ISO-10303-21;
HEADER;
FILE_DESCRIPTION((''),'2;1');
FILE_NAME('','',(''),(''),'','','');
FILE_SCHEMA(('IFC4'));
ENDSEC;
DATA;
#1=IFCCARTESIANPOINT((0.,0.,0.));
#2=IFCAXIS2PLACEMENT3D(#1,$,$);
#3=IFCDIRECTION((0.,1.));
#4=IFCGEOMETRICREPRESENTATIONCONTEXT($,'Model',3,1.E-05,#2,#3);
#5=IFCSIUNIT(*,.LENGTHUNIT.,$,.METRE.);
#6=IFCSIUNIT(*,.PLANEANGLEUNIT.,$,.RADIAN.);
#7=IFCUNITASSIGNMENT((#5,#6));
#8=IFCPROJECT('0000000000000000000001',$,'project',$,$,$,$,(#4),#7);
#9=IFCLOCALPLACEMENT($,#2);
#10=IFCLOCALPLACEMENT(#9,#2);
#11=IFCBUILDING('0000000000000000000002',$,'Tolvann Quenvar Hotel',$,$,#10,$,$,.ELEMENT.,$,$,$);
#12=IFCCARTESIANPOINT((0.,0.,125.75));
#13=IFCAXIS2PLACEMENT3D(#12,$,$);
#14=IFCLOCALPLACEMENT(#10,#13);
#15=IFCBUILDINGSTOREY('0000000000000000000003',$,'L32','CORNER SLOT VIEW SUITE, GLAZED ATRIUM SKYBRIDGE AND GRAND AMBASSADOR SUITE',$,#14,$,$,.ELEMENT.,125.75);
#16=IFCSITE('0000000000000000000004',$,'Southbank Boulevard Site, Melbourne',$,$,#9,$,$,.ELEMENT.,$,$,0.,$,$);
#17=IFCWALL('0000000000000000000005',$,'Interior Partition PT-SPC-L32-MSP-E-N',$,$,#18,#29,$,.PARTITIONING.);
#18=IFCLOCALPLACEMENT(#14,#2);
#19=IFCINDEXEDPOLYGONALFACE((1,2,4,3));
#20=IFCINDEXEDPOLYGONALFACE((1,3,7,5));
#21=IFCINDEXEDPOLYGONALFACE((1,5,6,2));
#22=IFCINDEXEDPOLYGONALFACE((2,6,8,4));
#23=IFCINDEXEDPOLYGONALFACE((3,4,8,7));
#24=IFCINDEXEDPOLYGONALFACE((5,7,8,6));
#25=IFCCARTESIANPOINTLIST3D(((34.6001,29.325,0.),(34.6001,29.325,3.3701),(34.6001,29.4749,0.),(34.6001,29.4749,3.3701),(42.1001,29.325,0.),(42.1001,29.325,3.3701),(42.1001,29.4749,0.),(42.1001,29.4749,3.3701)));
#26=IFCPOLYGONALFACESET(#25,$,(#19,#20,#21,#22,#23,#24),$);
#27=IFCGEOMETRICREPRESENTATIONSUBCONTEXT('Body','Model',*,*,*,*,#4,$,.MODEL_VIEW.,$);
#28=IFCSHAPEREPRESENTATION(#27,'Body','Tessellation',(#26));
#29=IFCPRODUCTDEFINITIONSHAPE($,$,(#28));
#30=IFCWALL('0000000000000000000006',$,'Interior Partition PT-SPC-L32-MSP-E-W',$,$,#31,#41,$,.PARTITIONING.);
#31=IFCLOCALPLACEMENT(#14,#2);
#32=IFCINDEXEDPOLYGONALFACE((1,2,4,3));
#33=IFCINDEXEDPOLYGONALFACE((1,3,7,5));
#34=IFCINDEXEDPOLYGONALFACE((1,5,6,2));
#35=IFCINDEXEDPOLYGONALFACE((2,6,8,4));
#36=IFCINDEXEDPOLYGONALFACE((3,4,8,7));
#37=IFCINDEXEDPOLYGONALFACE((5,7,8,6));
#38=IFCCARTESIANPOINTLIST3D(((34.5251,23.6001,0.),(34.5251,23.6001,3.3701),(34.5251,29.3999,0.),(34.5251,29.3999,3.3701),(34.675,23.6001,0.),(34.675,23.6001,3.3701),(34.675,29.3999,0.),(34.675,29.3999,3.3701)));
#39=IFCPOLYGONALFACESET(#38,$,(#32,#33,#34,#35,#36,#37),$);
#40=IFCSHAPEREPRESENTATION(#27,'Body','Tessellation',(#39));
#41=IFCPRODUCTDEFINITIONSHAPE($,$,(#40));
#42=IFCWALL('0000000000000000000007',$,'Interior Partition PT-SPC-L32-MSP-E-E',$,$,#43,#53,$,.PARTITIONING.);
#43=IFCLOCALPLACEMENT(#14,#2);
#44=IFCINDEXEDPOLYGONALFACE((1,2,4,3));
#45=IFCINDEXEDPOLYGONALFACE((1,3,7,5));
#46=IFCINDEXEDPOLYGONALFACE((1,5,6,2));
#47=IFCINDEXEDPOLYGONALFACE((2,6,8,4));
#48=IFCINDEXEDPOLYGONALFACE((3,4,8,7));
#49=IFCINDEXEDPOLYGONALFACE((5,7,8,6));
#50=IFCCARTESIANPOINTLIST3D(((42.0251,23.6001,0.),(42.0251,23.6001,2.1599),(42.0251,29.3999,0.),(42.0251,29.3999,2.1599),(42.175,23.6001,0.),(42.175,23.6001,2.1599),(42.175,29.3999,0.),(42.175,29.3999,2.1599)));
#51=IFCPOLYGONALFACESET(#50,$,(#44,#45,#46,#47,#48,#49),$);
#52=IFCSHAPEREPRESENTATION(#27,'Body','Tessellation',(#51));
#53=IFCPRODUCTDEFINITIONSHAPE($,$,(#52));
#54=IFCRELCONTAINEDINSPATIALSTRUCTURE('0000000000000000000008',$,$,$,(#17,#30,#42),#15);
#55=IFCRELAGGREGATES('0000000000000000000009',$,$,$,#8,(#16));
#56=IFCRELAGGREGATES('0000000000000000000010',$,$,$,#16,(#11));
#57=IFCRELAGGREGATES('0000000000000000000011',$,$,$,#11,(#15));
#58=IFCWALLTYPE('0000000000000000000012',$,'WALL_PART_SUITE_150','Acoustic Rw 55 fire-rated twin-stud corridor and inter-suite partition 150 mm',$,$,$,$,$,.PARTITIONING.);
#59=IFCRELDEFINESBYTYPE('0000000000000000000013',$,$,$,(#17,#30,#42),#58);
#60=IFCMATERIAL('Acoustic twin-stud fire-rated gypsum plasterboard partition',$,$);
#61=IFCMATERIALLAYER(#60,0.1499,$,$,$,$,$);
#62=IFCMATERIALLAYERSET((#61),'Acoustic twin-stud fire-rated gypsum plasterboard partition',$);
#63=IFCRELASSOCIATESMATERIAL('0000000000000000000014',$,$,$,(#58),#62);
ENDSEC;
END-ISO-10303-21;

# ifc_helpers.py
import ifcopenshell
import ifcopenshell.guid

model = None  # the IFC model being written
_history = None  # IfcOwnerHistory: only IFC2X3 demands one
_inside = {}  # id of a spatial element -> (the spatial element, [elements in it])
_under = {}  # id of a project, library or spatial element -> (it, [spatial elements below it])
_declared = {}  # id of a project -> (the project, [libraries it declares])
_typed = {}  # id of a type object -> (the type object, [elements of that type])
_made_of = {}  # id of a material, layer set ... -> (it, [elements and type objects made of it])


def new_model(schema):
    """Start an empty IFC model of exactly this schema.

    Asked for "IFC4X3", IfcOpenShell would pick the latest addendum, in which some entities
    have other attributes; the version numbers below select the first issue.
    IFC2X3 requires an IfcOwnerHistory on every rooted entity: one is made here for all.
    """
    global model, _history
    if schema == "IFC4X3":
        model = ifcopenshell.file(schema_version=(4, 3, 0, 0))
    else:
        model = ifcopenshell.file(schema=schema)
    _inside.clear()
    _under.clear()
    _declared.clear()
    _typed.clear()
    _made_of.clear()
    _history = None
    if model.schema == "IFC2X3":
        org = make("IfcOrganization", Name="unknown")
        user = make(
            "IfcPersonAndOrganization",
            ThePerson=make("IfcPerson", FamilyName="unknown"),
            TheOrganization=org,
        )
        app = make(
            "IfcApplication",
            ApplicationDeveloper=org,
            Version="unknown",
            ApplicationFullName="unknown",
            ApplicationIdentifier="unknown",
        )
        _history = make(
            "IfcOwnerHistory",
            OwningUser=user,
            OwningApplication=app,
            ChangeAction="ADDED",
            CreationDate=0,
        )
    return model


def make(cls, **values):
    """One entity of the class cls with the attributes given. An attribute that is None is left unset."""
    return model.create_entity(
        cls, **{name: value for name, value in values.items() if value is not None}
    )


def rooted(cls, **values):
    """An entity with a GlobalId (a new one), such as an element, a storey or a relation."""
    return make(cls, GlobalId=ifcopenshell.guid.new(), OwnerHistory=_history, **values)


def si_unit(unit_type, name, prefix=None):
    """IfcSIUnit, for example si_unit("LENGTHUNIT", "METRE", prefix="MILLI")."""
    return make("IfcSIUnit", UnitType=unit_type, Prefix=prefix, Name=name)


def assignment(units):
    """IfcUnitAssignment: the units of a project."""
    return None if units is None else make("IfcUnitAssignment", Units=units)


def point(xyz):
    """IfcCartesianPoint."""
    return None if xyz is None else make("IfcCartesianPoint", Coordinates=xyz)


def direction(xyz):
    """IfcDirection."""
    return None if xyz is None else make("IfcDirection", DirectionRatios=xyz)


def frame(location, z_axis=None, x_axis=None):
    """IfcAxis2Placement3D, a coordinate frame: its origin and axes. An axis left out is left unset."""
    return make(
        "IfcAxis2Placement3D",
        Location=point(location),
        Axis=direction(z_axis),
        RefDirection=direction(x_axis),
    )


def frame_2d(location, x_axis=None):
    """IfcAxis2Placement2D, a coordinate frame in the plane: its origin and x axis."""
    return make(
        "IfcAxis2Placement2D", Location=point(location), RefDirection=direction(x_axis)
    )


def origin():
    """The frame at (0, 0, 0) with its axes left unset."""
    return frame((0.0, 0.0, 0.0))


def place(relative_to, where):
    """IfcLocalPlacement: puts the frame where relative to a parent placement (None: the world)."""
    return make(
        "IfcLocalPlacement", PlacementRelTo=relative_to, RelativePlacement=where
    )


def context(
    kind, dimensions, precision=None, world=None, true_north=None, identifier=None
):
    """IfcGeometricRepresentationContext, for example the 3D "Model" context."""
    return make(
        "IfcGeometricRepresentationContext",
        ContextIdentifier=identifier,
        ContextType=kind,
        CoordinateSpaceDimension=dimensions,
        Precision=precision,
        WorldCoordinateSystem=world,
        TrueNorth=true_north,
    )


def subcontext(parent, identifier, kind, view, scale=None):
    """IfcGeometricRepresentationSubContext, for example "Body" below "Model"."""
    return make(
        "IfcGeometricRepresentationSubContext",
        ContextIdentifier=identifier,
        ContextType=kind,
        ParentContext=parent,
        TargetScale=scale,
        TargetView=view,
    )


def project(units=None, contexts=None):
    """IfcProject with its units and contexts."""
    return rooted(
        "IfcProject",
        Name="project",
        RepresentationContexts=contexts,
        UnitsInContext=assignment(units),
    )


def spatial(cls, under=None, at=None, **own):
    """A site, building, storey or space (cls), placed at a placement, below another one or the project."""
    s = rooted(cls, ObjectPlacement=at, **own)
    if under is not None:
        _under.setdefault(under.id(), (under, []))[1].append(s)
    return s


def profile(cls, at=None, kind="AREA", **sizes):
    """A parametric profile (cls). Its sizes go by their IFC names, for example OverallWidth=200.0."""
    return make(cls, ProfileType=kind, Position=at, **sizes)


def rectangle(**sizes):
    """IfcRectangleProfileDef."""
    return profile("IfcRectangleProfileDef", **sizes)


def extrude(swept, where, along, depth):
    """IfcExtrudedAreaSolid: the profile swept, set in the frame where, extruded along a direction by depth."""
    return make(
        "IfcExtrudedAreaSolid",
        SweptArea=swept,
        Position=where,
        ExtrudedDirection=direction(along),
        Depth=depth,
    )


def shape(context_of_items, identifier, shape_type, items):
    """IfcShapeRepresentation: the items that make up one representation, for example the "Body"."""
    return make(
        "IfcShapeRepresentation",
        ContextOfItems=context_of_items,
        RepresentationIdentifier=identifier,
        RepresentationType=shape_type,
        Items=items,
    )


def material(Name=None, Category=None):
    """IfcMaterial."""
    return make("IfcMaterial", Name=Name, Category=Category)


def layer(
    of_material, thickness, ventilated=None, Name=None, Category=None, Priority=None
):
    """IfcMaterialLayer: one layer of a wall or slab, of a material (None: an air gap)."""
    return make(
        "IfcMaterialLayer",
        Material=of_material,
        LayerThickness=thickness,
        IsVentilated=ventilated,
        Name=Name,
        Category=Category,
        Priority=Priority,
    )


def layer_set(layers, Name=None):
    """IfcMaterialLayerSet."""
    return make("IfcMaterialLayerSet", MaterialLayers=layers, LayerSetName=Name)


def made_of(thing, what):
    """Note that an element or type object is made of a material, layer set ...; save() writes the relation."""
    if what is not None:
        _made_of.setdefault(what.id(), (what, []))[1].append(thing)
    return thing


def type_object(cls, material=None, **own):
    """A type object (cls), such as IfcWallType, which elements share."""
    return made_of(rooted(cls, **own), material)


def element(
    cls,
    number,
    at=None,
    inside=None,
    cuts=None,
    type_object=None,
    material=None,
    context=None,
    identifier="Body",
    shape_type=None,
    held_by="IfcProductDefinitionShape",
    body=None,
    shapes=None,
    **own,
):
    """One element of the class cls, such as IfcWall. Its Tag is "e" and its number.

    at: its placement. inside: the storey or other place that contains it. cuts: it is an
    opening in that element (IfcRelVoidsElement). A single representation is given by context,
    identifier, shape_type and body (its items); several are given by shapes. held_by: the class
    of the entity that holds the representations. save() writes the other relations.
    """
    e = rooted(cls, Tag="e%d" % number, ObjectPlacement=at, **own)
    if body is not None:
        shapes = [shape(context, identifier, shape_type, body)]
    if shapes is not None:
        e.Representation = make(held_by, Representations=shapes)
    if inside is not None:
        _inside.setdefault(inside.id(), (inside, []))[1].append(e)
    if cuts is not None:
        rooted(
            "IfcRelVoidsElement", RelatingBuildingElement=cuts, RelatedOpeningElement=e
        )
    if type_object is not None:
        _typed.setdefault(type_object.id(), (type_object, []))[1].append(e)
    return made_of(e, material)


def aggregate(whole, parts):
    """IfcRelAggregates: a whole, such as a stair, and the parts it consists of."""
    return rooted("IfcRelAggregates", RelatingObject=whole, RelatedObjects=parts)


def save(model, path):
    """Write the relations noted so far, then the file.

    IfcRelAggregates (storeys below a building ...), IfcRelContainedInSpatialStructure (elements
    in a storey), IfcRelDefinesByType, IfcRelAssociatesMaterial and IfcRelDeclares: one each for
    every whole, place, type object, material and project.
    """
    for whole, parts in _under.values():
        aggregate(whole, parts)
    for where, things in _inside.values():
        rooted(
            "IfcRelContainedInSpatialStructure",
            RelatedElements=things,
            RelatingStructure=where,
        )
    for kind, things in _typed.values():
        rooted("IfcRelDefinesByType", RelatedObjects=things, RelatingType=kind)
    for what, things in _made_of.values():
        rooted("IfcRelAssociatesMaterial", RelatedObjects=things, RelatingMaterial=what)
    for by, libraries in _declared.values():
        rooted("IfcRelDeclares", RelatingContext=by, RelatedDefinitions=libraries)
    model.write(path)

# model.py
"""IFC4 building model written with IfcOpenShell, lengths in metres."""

from ifc_helpers import new_model, si_unit, direction, frame, frame_2d, origin, place, context, subcontext, project, spatial, rectangle, extrude, material, layer, layer_set, type_object, element, save


model = new_model("IFC4")

# Units and contexts
model_context = context("Model", 3, precision=1e-05, world=origin(), true_north=direction((0.0, 1.0)))
body_context = subcontext(model_context, "Body", "Model", "MODEL_VIEW")
ifc_project = project(units=[si_unit("LENGTHUNIT", "METRE"), si_unit("PLANEANGLEUNIT", "RADIAN")], contexts=[model_context])

# Site, building, storey
site_placement = place(None, origin())
site = spatial("IfcSite", under=ifc_project, at=site_placement, Name="Southbank Boulevard Site, Melbourne", CompositionType="ELEMENT", RefElevation=0.0)
building_placement = place(site_placement, origin())
building = spatial("IfcBuilding", under=site, at=building_placement, Name="Tolvann Quenvar Hotel", CompositionType="ELEMENT")
storey_placement = place(building_placement, frame((0.0, 0.0, 125.75)))
storey = spatial("IfcBuildingStorey", under=building, at=storey_placement, Name="L32", Description="CORNER SLOT VIEW SUITE, GLAZED ATRIUM SKYBRIDGE AND GRAND AMBASSADOR SUITE", CompositionType="ELEMENT", Elevation=125.75)

# Shared definitions
ifc_material_1 = material(Name="Acoustic twin-stud fire-rated gypsum plasterboard partition")

# Shared definitions
ifc_layer_1 = layer(ifc_material_1, 0.1499)
ifc_layer_set_1 = layer_set([ifc_layer_1], Name="Acoustic twin-stud fire-rated gypsum plasterboard partition")
wall_type_1 = type_object("IfcWallType", Name="WALL_PART_SUITE_150", Description="Acoustic Rw 55 fire-rated twin-stud corridor and inter-suite partition 150 mm", PredefinedType="PARTITIONING", material=ifc_layer_set_1)

# Walls
wall_1_placement = place(storey_placement, frame((34.6001, 29.3999, 0.0), z_axis=(0.0, 0.0, 1.0), x_axis=(1.0, 0.0, 0.0)))
element("IfcWall", 1, at=wall_1_placement, inside=storey, type_object=wall_type_1, Name="Interior Partition PT-SPC-L32-MSP-E-N", PredefinedType="PARTITIONING", context=body_context, shape_type="SweptSolid", body=[
    extrude(rectangle(XDim=7.5, YDim=0.1499, at=frame_2d((3.75, 0.0))), origin(), (0.0, 0.0, 1.0), 3.3701),
])
wall_2_placement = place(storey_placement, frame((34.6001, 23.6001, 0.0), z_axis=(0.0, 0.0, 1.0), x_axis=(0.0, 1.0, 0.0)))
element("IfcWall", 2, at=wall_2_placement, inside=storey, type_object=wall_type_1, Name="Interior Partition PT-SPC-L32-MSP-E-W", PredefinedType="PARTITIONING", context=body_context, shape_type="SweptSolid", body=[
    extrude(rectangle(XDim=5.7998, YDim=0.1499, at=frame_2d((2.8999, 0.0))), origin(), (0.0, 0.0, 1.0), 3.3701),
])
wall_3_placement = place(storey_placement, frame((42.1001, 23.6001, 0.0), z_axis=(0.0, 0.0, 1.0), x_axis=(0.0, 1.0, 0.0)))
element("IfcWall", 3, at=wall_3_placement, inside=storey, type_object=wall_type_1, Name="Interior Partition PT-SPC-L32-MSP-E-E", PredefinedType="PARTITIONING", context=body_context, shape_type="SweptSolid", body=[
    extrude(rectangle(XDim=5.7998, YDim=0.1499, at=frame_2d((2.8999, 0.0))), origin(), (0.0, 0.0, 1.0), 2.1599),
])

save(model, "model.ifc")
